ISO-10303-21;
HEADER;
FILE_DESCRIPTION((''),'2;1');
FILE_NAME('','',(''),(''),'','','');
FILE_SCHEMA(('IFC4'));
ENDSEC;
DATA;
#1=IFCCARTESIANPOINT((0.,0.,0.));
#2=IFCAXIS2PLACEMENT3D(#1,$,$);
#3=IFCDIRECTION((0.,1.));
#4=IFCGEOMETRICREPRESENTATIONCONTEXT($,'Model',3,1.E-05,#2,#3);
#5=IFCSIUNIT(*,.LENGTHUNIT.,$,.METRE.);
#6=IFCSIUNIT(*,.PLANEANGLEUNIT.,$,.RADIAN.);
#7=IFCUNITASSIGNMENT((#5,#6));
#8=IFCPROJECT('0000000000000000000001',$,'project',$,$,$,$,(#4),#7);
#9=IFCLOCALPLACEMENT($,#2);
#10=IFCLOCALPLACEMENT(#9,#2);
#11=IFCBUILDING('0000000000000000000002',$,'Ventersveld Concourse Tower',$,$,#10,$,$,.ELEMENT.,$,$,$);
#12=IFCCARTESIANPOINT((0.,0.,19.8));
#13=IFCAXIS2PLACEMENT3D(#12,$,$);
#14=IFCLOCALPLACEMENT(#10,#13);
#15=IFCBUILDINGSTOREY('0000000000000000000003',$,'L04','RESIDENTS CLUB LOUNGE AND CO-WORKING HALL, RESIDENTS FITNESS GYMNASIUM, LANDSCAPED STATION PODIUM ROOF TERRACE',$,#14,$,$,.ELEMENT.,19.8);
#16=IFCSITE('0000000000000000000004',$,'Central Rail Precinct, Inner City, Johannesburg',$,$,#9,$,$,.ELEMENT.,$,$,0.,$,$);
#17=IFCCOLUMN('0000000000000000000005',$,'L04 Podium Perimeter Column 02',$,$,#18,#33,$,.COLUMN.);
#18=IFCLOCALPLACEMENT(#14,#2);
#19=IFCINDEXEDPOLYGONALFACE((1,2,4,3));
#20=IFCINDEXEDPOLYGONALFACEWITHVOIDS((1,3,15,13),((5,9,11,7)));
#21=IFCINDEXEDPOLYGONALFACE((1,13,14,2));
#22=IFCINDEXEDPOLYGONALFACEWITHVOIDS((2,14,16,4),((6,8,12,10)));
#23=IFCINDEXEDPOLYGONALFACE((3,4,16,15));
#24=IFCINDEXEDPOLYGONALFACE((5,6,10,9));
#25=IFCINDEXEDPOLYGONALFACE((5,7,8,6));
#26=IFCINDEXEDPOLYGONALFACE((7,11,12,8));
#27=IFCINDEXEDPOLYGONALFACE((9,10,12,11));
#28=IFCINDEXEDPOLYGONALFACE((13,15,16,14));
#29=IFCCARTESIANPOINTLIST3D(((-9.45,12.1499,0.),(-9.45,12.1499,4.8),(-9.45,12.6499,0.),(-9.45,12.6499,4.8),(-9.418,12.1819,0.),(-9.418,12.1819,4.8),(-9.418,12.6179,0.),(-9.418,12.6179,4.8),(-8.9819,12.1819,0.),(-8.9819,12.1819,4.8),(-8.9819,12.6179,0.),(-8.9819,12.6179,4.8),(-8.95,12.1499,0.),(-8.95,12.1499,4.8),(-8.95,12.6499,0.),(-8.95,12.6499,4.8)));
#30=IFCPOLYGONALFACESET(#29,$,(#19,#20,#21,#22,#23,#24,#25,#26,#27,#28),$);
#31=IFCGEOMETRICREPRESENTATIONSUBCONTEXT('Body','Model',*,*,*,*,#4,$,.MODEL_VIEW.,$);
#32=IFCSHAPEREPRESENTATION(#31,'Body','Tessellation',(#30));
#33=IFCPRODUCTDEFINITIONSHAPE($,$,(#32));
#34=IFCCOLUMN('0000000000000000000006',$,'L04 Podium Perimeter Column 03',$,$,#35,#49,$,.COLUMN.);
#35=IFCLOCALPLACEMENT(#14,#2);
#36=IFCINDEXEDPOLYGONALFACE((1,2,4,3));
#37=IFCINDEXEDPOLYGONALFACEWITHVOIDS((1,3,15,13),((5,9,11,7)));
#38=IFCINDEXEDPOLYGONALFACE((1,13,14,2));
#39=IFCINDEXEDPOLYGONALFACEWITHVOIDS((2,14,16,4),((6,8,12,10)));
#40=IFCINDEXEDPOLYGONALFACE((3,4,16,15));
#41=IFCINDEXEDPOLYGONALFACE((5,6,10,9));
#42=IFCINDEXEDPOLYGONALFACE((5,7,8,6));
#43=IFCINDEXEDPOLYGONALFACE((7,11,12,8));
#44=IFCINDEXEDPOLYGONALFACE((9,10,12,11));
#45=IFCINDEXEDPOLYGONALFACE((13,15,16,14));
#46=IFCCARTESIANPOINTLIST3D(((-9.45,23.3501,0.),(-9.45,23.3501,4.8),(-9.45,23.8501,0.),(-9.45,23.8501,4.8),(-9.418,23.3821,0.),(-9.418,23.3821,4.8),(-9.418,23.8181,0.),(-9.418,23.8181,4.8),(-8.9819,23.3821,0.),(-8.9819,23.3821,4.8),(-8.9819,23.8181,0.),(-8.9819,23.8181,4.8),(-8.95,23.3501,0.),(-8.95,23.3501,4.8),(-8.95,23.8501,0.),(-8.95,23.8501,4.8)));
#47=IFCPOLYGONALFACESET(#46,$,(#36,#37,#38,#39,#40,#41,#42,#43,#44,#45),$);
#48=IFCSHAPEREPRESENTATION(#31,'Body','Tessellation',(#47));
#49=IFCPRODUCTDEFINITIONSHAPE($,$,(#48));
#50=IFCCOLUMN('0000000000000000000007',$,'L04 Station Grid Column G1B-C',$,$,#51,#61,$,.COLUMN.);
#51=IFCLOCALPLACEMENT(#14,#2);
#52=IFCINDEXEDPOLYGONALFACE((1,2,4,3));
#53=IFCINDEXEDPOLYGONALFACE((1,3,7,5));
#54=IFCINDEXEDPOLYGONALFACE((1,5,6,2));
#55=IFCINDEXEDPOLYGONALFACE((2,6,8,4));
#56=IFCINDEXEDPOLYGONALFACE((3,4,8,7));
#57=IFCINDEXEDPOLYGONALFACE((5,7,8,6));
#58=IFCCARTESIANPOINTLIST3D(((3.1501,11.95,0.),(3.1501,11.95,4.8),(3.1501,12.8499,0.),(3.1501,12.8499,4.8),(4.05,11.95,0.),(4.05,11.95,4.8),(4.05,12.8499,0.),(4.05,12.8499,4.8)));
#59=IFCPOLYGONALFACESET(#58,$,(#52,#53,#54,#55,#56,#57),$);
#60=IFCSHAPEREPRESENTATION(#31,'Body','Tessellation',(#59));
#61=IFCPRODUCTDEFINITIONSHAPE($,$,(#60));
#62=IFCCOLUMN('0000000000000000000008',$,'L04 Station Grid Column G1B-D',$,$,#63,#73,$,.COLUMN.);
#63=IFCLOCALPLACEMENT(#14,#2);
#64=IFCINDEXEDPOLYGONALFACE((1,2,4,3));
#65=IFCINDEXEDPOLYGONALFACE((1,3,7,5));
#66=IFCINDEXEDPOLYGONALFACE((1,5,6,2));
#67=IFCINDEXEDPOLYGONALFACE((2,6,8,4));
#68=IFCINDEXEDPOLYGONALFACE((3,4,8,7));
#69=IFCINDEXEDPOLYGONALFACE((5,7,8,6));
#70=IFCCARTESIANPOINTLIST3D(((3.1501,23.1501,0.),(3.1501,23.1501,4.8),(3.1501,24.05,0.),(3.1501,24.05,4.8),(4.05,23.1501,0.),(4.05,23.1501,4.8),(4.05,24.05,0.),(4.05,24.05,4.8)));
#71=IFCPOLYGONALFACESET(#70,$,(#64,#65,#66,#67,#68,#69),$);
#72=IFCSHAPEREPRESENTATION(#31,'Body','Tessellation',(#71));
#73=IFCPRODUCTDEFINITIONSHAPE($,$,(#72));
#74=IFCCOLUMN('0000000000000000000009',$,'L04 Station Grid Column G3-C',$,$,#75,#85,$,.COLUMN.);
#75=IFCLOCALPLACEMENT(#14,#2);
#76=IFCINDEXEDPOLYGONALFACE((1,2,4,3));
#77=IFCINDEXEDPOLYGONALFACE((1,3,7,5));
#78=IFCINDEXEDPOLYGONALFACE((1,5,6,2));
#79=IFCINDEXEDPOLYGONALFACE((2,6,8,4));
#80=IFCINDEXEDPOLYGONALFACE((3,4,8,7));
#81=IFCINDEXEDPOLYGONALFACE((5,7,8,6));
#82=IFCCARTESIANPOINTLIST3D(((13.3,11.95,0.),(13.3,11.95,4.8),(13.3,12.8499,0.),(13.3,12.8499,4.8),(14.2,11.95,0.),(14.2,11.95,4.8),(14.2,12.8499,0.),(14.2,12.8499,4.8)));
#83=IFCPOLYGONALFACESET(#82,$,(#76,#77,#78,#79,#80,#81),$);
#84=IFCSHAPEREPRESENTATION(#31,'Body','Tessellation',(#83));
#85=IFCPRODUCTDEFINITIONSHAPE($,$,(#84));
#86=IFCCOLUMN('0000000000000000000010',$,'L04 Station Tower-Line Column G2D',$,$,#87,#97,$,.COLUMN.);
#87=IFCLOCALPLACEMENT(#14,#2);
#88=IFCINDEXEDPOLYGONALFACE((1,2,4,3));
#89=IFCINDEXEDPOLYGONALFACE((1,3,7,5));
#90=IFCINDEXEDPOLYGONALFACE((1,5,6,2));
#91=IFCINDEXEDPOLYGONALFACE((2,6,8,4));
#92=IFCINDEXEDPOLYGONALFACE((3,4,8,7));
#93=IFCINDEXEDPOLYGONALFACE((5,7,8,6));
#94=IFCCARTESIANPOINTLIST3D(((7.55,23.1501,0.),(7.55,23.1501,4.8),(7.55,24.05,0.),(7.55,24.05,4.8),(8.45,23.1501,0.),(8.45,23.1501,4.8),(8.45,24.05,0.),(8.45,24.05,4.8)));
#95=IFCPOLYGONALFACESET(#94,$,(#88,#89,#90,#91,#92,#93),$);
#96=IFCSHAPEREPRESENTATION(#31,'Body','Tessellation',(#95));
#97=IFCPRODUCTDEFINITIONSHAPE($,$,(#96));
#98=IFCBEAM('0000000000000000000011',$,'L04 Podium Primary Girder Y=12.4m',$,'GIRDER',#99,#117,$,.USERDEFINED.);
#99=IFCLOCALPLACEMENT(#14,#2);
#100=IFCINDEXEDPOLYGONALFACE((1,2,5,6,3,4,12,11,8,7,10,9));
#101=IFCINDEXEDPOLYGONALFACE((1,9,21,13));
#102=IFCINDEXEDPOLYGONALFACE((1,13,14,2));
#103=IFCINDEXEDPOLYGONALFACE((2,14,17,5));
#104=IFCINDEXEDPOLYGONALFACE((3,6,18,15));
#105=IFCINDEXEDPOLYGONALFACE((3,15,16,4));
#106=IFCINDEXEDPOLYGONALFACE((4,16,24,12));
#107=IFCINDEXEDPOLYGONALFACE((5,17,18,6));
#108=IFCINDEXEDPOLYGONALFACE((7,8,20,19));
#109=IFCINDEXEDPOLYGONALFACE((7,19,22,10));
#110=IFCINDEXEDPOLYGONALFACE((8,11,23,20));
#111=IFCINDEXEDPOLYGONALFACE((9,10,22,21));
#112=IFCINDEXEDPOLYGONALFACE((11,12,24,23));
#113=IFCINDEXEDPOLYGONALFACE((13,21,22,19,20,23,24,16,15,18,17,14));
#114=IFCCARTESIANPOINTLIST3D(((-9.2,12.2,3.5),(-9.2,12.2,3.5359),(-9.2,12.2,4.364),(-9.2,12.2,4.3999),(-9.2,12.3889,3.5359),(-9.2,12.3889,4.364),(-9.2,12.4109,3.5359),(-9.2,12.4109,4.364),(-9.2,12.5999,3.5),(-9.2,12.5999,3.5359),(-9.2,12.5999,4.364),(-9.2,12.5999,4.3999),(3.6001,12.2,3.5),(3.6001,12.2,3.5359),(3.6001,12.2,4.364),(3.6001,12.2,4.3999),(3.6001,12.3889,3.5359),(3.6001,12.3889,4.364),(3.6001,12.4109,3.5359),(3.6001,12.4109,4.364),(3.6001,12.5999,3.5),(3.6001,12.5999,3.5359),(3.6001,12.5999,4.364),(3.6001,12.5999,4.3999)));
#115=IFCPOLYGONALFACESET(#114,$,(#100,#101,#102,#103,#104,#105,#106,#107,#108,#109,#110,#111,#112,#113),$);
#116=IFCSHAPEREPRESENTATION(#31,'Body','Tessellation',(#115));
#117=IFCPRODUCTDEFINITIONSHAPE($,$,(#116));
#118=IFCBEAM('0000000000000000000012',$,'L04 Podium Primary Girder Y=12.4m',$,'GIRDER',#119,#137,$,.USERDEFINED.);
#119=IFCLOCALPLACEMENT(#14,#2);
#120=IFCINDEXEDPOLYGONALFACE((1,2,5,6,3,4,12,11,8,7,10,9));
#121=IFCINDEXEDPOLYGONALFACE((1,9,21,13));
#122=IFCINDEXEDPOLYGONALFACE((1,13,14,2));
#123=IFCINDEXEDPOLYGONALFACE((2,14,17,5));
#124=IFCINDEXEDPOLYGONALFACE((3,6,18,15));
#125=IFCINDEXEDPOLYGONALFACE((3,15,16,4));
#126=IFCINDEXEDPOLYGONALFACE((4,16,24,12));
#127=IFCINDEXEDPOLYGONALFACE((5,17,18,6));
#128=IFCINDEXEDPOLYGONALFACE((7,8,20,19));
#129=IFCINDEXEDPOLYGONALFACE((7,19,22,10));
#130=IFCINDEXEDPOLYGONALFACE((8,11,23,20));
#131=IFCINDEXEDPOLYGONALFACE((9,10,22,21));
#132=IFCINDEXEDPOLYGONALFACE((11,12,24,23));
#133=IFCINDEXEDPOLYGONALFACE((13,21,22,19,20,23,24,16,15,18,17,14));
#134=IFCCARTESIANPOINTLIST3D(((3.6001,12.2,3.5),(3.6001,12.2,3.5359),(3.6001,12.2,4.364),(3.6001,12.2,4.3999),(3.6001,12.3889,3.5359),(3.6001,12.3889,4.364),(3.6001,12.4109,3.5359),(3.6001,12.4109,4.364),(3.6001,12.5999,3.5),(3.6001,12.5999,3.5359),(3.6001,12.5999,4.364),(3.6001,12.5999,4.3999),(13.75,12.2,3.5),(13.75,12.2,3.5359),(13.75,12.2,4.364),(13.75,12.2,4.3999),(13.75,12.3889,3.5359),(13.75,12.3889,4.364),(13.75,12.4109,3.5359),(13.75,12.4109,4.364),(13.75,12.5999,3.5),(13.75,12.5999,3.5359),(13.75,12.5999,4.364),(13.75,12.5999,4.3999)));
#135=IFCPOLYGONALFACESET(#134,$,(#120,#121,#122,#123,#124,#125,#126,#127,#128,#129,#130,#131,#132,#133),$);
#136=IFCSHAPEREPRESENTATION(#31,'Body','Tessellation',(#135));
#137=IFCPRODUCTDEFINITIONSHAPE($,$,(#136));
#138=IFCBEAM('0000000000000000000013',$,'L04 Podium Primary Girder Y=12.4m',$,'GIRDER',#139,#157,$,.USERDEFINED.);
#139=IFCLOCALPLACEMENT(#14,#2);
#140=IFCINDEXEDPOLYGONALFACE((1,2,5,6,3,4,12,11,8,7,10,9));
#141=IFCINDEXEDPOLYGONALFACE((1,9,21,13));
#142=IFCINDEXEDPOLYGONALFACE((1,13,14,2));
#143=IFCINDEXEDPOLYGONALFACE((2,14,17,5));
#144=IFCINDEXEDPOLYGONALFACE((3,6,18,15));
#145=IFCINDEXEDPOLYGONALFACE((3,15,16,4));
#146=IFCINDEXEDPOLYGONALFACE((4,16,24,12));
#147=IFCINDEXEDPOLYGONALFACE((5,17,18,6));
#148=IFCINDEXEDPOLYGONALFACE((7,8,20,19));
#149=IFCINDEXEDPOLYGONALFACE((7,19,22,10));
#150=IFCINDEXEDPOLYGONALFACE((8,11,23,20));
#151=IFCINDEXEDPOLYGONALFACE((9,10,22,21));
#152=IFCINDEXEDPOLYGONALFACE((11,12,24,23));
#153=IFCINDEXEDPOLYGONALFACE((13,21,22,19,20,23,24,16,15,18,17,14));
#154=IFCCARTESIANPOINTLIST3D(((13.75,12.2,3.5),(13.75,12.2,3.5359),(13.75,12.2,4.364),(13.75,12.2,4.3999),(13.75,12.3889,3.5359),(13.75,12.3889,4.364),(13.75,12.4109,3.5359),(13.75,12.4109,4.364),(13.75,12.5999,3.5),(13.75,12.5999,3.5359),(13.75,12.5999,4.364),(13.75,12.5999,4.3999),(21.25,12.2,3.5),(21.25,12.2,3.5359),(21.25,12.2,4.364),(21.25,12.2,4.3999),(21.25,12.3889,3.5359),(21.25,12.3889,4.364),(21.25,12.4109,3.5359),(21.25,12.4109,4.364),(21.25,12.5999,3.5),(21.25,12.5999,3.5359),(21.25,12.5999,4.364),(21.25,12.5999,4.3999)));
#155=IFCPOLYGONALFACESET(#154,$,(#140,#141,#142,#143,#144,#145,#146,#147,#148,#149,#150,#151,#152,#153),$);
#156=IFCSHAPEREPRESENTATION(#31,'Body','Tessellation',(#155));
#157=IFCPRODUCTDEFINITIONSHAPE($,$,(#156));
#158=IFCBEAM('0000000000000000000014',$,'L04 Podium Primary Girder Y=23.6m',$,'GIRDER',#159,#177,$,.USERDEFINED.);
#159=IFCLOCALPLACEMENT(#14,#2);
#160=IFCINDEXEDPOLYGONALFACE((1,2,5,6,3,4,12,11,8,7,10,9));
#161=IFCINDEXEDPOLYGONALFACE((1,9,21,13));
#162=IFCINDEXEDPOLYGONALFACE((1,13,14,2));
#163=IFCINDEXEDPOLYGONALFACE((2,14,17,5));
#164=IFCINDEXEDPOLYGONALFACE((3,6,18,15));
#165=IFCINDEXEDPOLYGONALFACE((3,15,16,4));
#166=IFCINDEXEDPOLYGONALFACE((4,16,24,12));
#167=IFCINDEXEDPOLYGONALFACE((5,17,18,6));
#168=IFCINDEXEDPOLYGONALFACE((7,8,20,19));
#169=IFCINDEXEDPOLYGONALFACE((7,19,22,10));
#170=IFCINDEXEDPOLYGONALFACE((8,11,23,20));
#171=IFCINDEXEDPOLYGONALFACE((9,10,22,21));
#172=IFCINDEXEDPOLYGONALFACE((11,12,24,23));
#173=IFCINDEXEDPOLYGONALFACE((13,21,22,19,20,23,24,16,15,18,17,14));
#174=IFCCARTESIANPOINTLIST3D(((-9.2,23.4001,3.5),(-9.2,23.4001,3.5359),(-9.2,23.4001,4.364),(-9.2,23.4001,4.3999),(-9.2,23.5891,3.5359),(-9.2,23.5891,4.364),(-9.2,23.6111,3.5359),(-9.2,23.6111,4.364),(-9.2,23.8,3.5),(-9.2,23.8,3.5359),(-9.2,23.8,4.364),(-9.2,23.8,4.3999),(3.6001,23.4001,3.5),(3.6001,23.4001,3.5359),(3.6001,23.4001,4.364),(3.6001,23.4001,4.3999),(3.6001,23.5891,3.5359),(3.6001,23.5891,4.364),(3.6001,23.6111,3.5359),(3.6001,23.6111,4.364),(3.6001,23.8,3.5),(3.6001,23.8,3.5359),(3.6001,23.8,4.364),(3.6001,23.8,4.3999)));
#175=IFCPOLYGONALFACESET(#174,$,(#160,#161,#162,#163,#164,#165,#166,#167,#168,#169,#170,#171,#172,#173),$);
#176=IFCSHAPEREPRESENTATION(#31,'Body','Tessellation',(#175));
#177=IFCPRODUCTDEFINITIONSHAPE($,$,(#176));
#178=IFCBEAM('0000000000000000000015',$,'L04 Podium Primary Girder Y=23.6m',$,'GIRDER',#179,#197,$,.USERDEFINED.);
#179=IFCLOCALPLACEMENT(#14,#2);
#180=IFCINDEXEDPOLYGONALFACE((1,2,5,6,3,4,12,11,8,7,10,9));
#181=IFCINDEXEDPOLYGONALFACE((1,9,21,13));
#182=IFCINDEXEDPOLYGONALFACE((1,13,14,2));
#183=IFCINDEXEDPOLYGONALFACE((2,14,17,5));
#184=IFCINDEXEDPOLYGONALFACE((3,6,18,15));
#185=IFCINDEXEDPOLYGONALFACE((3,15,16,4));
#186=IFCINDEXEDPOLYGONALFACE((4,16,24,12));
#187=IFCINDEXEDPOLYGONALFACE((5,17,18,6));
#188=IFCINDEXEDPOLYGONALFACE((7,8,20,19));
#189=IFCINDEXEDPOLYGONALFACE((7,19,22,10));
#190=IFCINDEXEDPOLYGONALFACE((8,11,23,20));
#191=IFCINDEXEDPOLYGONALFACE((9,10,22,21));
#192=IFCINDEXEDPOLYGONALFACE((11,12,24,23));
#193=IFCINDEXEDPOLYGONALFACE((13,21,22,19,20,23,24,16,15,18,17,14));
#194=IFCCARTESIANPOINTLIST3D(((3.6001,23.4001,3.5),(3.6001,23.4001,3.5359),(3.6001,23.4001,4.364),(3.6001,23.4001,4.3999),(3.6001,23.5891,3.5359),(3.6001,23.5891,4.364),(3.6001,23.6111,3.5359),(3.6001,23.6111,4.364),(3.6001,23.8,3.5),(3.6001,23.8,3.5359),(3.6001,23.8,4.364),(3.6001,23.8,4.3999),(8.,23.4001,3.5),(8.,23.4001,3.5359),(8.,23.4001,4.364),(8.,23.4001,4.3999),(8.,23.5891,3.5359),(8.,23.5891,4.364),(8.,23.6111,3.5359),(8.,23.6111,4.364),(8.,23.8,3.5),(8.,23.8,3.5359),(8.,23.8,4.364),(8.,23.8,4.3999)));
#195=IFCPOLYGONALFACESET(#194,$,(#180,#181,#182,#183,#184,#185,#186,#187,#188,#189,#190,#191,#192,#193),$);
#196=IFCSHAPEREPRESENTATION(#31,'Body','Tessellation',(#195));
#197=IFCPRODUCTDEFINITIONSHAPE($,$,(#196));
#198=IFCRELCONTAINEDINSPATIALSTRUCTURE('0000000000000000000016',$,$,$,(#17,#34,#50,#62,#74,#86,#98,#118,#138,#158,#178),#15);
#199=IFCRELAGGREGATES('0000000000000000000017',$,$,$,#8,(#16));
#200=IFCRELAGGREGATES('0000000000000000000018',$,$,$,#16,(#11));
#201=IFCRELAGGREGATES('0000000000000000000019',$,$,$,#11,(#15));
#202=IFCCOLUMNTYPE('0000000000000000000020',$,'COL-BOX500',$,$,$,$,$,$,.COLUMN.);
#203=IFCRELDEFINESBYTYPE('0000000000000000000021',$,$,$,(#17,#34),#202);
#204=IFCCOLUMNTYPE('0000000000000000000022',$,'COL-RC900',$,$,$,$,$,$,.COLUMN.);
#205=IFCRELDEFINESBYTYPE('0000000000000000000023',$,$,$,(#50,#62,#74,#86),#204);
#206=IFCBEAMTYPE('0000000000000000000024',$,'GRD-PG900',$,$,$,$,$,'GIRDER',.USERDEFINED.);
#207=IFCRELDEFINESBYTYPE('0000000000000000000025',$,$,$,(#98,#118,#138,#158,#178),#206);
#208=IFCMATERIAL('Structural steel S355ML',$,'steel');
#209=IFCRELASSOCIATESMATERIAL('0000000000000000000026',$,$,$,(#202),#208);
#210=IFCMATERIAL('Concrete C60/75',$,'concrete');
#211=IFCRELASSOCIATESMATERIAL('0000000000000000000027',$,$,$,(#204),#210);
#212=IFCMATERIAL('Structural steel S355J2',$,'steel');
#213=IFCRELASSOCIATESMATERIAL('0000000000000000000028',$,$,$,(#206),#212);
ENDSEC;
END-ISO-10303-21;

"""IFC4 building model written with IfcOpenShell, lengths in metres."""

from ifc_helpers import new_model, si_unit, direction, frame, origin, origin_2d, place, context, subcontext, project, spatial, rectangle, hollow_rectangle, i_section, extrude, material, material_profile, profile_set, type_object, element, save


model = new_model("IFC4")

# Units and contexts
model_context = context("Model", 3, precision=1e-05, world=origin(), true_north=direction((0.0, 1.0)))
body_context = subcontext(model_context, "Body", "Model", "MODEL_VIEW")
ifc_project = project(units=[si_unit("LENGTHUNIT", "METRE"), si_unit("PLANEANGLEUNIT", "RADIAN")], contexts=[model_context])

# Site, building, storey
site_placement = place(None, origin())
site = spatial("IfcSite", under=ifc_project, at=site_placement, Name="Central Rail Precinct, Inner City, Johannesburg", CompositionType="ELEMENT", RefElevation=0.0)
building_placement = place(site_placement, origin())
building = spatial("IfcBuilding", under=site, at=building_placement, Name="Ventersveld Concourse Tower", CompositionType="ELEMENT")
storey_placement = place(building_placement, frame((0.0, 0.0, 19.8)))
storey = spatial("IfcBuildingStorey", under=building, at=storey_placement, Name="L04", Description="RESIDENTS CLUB LOUNGE AND CO-WORKING HALL, RESIDENTS FITNESS GYMNASIUM, LANDSCAPED STATION PODIUM ROOF TERRACE", CompositionType="ELEMENT", Elevation=19.8)

# Columns
ifc_material_1 = material(Name="Structural steel S355ML", Category="steel")
ifc_material_profile_1 = material_profile(ifc_material_1, hollow_rectangle(XDim=0.5, YDim=0.5, WallThickness=0.032, at=origin_2d()), Name="BOX 500x500x32")
ifc_profile_set_1 = profile_set([ifc_material_profile_1], Name="Structural steel S355ML")
column_type_1 = type_object("IfcColumnType", Name="COL-BOX500", PredefinedType="COLUMN", material=ifc_profile_set_1)
for number, where, z_axis, x_axis, name in (
    (1, (-9.2, 12.3999, 0.0), (0.0, 0.0, 1.0), (1.0, 0.0, 0.0), "L04 Podium Perimeter Column 02"),
    (2, (-9.2, 23.6001, 0.0), (0.0, 0.0, 1.0), (1.0, 0.0, 0.0), "L04 Podium Perimeter Column 03"),
):
    element("IfcColumn", number, at=place(storey_placement, frame(where, z_axis=z_axis, x_axis=x_axis)), inside=storey, type_object=column_type_1, Name=name, PredefinedType="COLUMN", context=body_context, shape_type="SweptSolid", body=[
        extrude(hollow_rectangle(XDim=0.5, YDim=0.5, WallThickness=0.032, at=origin_2d()), origin(), (0.0, 0.0, 1.0), 4.8),
    ])
ifc_material_2 = material(Name="Concrete C60/75", Category="concrete")
ifc_material_profile_2 = material_profile(ifc_material_2, rectangle(XDim=0.8999, YDim=0.8999, at=origin_2d()), Name="RC 900x900")
ifc_profile_set_2 = profile_set([ifc_material_profile_2], Name="Concrete C60/75")
column_type_2 = type_object("IfcColumnType", Name="COL-RC900", PredefinedType="COLUMN", material=ifc_profile_set_2)
for number, where, z_axis, x_axis, name in (
    (3, (3.6001, 12.3999, 0.0), (0.0, 0.0, 1.0), (1.0, 0.0, 0.0), "L04 Station Grid Column G1B-C"),
    (4, (3.6001, 23.6001, 0.0), (0.0, 0.0, 1.0), (1.0, 0.0, 0.0), "L04 Station Grid Column G1B-D"),
    (5, (13.75, 12.3999, 0.0), (0.0, 0.0, 1.0), (1.0, 0.0, 0.0), "L04 Station Grid Column G3-C"),
    (6, (8.0, 23.6001, 0.0), (0.0, 0.0, 1.0), (1.0, 0.0, 0.0), "L04 Station Tower-Line Column G2D"),
):
    element("IfcColumn", number, at=place(storey_placement, frame(where, z_axis=z_axis, x_axis=x_axis)), inside=storey, type_object=column_type_2, Name=name, PredefinedType="COLUMN", context=body_context, shape_type="SweptSolid", body=[
        extrude(rectangle(XDim=0.8999, YDim=0.8999, at=origin_2d()), origin(), (0.0, 0.0, 1.0), 4.8),
    ])

# Beams
ifc_material_3 = material(Name="Structural steel S355J2", Category="steel")
ifc_material_profile_3 = material_profile(ifc_material_3, i_section(OverallWidth=0.3999, OverallDepth=0.8999, WebThickness=0.022, FlangeThickness=0.0359, at=origin_2d()), Name="PG 900x400x36")
ifc_profile_set_3 = profile_set([ifc_material_profile_3], Name="Structural steel S355J2")
beam_type_1 = type_object("IfcBeamType", Name="GRD-PG900", ElementType="GIRDER", PredefinedType="USERDEFINED", material=ifc_profile_set_3)
beam_1_placement = place(storey_placement, frame((-9.2, 12.3999, 3.95), z_axis=(1.0, 0.0, 0.0), x_axis=(0.0, 1.0, 0.0)))
element("IfcBeam", 7, at=beam_1_placement, inside=storey, type_object=beam_type_1, Name="L04 Podium Primary Girder Y=12.4m", ObjectType="GIRDER", PredefinedType="USERDEFINED", context=body_context, shape_type="SweptSolid", body=[
    extrude(i_section(OverallWidth=0.3999, OverallDepth=0.8999, WebThickness=0.022, FlangeThickness=0.0359, at=origin_2d()), origin(), (0.0, 0.0, 1.0), 12.8),
])
beam_2_placement = place(storey_placement, frame((3.6001, 12.3999, 3.95), z_axis=(1.0, 0.0, 0.0), x_axis=(0.0, 1.0, 0.0)))
element("IfcBeam", 8, at=beam_2_placement, inside=storey, type_object=beam_type_1, Name="L04 Podium Primary Girder Y=12.4m", ObjectType="GIRDER", PredefinedType="USERDEFINED", context=body_context, shape_type="SweptSolid", body=[
    extrude(i_section(OverallWidth=0.3999, OverallDepth=0.8999, WebThickness=0.022, FlangeThickness=0.0359, at=origin_2d()), origin(), (0.0, 0.0, 1.0), 10.1499),
])
beam_3_placement = place(storey_placement, frame((13.75, 12.3999, 3.95), z_axis=(1.0, 0.0, 0.0), x_axis=(0.0, 1.0, 0.0)))
element("IfcBeam", 9, at=beam_3_placement, inside=storey, type_object=beam_type_1, Name="L04 Podium Primary Girder Y=12.4m", ObjectType="GIRDER", PredefinedType="USERDEFINED", context=body_context, shape_type="SweptSolid", body=[
    extrude(i_section(OverallWidth=0.3999, OverallDepth=0.8999, WebThickness=0.022, FlangeThickness=0.0359, at=origin_2d()), origin(), (0.0, 0.0, 1.0), 7.5),
])
beam_4_placement = place(storey_placement, frame((-9.2, 23.6001, 3.95), z_axis=(1.0, 0.0, 0.0), x_axis=(0.0, 1.0, 0.0)))
element("IfcBeam", 10, at=beam_4_placement, inside=storey, type_object=beam_type_1, Name="L04 Podium Primary Girder Y=23.6m", ObjectType="GIRDER", PredefinedType="USERDEFINED", context=body_context, shape_type="SweptSolid", body=[
    extrude(i_section(OverallWidth=0.3999, OverallDepth=0.8999, WebThickness=0.022, FlangeThickness=0.0359, at=origin_2d()), origin(), (0.0, 0.0, 1.0), 12.8),
])
beam_5_placement = place(storey_placement, frame((3.6001, 23.6001, 3.95), z_axis=(1.0, 0.0, 0.0), x_axis=(0.0, 1.0, 0.0)))
element("IfcBeam", 11, at=beam_5_placement, inside=storey, type_object=beam_type_1, Name="L04 Podium Primary Girder Y=23.6m", ObjectType="GIRDER", PredefinedType="USERDEFINED", context=body_context, shape_type="SweptSolid", body=[
    extrude(i_section(OverallWidth=0.3999, OverallDepth=0.8999, WebThickness=0.022, FlangeThickness=0.0359, at=origin_2d()), origin(), (0.0, 0.0, 1.0), 4.3999),
])

save(model, "model.ifc")
